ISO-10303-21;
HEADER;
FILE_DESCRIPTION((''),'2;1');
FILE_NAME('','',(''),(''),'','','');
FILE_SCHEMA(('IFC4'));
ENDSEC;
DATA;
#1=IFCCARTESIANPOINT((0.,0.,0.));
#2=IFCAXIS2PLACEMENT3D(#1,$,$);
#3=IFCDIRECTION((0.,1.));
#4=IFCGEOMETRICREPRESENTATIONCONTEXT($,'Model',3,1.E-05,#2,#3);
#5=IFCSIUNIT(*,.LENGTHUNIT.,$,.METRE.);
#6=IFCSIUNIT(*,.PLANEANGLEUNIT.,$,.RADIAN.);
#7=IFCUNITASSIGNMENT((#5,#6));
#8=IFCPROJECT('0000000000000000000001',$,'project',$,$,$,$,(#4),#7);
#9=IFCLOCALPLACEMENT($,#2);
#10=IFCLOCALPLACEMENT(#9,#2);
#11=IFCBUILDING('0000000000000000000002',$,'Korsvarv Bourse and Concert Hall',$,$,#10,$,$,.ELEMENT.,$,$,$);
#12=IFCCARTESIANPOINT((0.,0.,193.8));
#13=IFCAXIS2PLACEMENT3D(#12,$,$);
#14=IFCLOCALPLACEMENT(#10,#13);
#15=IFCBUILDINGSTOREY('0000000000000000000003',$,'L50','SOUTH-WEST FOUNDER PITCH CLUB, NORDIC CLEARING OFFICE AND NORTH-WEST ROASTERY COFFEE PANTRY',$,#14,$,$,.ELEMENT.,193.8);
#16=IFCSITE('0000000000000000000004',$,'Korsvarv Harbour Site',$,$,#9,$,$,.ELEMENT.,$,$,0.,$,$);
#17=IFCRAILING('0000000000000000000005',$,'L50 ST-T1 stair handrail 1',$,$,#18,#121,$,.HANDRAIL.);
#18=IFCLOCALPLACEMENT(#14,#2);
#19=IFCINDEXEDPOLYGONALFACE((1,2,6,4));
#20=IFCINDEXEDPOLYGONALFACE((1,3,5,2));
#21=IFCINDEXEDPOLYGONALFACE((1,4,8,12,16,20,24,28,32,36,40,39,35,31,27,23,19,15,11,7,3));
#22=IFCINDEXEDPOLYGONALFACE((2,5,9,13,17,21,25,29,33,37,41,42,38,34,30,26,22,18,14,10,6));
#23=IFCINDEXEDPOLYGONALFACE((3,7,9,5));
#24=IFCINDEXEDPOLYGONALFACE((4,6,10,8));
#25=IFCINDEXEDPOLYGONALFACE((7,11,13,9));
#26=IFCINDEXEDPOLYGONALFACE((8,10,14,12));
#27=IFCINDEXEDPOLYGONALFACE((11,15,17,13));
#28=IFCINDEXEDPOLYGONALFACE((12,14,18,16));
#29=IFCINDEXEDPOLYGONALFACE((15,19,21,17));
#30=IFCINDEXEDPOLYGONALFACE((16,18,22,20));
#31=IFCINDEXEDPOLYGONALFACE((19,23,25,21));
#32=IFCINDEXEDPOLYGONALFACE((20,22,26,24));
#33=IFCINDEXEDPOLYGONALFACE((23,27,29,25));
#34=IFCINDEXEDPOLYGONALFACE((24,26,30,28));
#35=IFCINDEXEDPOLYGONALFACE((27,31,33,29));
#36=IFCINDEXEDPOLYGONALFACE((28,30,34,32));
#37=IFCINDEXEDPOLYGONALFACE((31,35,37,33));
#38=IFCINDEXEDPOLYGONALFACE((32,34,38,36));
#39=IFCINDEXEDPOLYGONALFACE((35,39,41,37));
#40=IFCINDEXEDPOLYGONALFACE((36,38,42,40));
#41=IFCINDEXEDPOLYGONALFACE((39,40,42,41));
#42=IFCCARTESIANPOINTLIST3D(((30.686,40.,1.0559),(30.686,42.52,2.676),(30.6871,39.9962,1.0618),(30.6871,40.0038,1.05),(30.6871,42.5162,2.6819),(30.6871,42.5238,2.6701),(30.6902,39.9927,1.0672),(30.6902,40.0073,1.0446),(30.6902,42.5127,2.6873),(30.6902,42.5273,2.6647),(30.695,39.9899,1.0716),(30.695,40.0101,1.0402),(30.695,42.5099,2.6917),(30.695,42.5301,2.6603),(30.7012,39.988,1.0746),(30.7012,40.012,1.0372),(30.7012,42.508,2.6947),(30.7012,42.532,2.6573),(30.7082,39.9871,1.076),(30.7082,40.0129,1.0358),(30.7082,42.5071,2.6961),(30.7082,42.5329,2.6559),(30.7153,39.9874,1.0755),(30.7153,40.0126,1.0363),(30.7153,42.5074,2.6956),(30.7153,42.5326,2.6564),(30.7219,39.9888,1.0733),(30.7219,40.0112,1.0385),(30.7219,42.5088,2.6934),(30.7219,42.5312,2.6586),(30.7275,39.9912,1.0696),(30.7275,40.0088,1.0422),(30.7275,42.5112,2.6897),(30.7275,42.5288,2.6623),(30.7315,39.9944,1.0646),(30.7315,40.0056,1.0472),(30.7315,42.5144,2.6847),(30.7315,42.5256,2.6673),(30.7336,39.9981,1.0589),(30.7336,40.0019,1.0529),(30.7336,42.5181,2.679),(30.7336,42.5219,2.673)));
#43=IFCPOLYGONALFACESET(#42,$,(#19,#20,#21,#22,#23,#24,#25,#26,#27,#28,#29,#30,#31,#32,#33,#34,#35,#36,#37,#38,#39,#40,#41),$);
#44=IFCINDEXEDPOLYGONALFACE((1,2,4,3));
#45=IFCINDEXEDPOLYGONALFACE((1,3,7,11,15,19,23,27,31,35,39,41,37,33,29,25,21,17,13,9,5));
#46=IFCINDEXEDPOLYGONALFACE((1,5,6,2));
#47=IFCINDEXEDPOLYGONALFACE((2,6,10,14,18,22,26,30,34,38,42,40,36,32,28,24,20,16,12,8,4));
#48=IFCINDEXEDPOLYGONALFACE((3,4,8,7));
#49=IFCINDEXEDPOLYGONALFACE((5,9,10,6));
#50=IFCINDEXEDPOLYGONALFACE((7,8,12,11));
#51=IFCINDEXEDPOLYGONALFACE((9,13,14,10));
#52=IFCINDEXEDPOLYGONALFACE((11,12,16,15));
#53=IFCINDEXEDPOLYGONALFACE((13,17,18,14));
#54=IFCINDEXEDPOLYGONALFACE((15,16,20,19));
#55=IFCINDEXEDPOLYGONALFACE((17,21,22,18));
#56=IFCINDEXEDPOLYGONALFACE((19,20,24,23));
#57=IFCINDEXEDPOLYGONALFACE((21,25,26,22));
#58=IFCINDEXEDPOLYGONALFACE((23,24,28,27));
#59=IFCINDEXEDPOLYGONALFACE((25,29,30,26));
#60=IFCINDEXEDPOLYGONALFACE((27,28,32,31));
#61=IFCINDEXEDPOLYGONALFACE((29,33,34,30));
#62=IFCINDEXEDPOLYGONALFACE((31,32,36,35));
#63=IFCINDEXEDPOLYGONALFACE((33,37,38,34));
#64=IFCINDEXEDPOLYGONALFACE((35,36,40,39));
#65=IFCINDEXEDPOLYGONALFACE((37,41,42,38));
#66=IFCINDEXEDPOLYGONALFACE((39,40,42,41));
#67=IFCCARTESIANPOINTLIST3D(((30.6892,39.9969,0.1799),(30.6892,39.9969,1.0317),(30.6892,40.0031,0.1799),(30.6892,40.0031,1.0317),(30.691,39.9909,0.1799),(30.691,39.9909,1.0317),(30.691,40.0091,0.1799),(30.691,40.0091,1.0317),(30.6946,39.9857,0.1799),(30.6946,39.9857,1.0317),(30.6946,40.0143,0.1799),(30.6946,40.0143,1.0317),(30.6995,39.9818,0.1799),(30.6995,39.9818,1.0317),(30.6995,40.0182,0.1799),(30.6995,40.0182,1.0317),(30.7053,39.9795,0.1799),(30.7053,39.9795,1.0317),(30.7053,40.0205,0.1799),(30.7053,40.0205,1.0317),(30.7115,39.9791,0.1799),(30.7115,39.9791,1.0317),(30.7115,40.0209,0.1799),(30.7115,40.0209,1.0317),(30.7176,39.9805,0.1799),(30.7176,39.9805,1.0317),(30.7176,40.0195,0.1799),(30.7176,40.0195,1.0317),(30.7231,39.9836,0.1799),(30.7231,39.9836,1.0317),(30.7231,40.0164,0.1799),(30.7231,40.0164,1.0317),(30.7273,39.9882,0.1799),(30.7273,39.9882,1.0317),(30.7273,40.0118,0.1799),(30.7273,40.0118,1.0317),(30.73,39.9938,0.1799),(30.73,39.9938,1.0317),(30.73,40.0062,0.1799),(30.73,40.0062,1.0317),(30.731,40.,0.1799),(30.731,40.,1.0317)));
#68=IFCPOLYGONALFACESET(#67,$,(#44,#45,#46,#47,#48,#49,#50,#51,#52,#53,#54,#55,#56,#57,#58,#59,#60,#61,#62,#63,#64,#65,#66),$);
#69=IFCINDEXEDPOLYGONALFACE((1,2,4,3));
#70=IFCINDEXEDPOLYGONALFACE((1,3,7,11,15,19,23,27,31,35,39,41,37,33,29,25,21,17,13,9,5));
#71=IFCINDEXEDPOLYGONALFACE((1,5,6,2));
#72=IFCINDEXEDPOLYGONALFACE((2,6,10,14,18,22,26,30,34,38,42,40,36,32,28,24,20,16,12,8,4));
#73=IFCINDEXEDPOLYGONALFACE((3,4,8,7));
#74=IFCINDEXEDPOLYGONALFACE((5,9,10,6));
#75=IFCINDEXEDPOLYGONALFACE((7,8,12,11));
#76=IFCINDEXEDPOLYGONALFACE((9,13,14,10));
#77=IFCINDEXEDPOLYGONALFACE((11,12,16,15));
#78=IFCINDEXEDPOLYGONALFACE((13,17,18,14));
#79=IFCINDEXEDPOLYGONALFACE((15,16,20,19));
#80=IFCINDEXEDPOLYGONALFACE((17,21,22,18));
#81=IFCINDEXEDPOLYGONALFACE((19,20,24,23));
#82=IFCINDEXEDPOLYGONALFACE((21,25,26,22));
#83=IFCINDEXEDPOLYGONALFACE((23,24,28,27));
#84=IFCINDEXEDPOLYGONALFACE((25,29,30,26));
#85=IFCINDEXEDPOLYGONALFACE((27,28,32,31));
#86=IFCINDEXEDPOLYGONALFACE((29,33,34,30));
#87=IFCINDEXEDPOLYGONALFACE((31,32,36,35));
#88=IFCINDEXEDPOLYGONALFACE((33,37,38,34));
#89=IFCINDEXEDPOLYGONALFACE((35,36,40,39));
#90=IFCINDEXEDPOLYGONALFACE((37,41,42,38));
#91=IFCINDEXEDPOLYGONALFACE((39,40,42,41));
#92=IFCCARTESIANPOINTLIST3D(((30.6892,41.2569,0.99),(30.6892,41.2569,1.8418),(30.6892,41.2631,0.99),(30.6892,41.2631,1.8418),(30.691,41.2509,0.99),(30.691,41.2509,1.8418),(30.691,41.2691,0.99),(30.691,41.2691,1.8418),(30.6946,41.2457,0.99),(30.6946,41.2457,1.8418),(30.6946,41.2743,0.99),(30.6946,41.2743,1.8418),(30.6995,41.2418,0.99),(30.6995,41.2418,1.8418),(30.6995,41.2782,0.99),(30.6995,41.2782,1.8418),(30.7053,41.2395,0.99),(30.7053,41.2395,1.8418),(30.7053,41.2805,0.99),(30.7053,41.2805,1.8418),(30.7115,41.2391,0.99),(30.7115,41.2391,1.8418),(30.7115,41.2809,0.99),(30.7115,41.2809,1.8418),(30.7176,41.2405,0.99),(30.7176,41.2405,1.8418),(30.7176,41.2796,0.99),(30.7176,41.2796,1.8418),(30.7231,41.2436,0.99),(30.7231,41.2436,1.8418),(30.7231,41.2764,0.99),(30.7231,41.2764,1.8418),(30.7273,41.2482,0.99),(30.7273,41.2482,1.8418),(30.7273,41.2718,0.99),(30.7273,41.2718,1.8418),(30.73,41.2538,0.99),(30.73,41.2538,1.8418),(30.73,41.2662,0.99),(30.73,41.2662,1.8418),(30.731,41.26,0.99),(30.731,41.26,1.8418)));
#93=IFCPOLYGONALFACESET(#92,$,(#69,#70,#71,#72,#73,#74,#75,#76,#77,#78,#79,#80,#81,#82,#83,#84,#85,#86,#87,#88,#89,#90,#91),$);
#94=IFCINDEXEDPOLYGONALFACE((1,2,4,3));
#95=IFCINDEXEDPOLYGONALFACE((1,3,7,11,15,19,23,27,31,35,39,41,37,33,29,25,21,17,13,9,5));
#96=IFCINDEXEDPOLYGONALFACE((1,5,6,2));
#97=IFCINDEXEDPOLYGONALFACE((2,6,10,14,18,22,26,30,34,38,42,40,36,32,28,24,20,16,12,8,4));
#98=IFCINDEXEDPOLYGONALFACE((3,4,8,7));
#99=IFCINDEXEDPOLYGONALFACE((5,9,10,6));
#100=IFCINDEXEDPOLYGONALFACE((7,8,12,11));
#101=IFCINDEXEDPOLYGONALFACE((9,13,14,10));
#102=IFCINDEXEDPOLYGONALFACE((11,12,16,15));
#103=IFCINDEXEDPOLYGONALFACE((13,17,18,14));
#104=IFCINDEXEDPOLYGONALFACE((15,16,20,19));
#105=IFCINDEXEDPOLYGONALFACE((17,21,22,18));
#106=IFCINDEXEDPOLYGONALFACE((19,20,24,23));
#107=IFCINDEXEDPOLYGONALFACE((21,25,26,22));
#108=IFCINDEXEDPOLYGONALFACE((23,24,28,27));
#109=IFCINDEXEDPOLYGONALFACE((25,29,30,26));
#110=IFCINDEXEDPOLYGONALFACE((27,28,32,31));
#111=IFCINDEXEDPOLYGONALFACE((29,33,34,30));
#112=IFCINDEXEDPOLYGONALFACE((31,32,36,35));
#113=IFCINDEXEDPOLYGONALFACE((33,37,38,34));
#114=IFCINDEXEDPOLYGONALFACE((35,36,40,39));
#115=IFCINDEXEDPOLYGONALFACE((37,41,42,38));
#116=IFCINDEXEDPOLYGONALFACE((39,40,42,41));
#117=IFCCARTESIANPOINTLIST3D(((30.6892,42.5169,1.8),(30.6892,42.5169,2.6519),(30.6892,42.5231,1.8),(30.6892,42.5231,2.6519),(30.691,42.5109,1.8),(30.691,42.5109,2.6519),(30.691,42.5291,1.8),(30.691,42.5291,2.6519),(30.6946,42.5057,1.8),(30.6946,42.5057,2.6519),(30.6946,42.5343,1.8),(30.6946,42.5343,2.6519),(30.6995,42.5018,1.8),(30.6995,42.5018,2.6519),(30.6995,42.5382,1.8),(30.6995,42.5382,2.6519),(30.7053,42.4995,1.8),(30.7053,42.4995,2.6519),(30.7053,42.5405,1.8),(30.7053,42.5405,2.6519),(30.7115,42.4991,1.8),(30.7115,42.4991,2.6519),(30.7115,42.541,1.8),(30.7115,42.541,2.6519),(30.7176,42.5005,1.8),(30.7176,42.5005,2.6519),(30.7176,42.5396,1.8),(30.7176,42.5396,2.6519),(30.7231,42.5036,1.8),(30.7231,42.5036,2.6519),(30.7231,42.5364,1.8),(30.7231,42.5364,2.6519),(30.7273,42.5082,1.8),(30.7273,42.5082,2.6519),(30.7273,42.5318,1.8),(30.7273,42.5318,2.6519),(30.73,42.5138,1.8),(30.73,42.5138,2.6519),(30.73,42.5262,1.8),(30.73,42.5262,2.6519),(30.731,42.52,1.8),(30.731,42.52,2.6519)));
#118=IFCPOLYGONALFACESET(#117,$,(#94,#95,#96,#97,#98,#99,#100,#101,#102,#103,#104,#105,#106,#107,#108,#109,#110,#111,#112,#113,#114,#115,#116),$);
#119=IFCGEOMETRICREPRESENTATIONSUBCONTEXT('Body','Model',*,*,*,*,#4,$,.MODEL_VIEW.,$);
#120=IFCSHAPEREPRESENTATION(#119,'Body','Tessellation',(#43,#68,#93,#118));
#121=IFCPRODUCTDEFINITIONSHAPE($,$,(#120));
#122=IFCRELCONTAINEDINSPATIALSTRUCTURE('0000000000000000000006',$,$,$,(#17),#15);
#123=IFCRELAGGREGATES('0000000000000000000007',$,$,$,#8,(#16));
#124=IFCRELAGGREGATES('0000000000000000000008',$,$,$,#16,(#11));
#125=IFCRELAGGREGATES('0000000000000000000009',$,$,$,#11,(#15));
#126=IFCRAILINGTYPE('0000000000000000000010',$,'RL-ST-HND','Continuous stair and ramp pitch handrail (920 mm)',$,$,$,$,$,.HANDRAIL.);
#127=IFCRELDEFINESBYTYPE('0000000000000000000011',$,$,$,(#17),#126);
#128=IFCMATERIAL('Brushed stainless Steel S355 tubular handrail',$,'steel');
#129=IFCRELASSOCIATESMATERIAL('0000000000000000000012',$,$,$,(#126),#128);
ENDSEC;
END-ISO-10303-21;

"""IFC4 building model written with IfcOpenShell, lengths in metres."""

from ifc_helpers import new_model, si_unit, direction, frame, origin, origin_2d, place, context, subcontext, project, spatial, circle, extrude, material, type_object, element, save


model = new_model("IFC4")

# Units and contexts
model_context = context("Model", 3, precision=1e-05, world=origin(), true_north=direction((0.0, 1.0)))
body_context = subcontext(model_context, "Body", "Model", "MODEL_VIEW")
ifc_project = project(units=[si_unit("LENGTHUNIT", "METRE"), si_unit("PLANEANGLEUNIT", "RADIAN")], contexts=[model_context])

# Site, building, storey
site_placement = place(None, origin())
site = spatial("IfcSite", under=ifc_project, at=site_placement, Name="Korsvarv Harbour Site", CompositionType="ELEMENT", RefElevation=0.0)
building_placement = place(site_placement, origin())
building = spatial("IfcBuilding", under=site, at=building_placement, Name="Korsvarv Bourse and Concert Hall", CompositionType="ELEMENT")
storey_placement = place(building_placement, frame((0.0, 0.0, 193.8)))
storey = spatial("IfcBuildingStorey", under=building, at=storey_placement, Name="L50", Description="SOUTH-WEST FOUNDER PITCH CLUB, NORDIC CLEARING OFFICE AND NORTH-WEST ROASTERY COFFEE PANTRY", CompositionType="ELEMENT", Elevation=193.8)

# Railing
ifc_material_1 = material(Name="Brushed stainless Steel S355 tubular handrail", Category="steel")
railing_type_1 = type_object("IfcRailingType", Name="RL-ST-HND", Description="Continuous stair and ramp pitch handrail (920 mm)", PredefinedType="HANDRAIL", material=ifc_material_1)
railing_1_placement = place(storey_placement, frame((30.71, 40.0, 0.1799)))
element("IfcRailing", 1, at=railing_1_placement, inside=storey, type_object=railing_type_1, Name="L50 ST-T1 stair handrail 1", PredefinedType="HANDRAIL", context=body_context, shape_type="SweptSolid", body=[
    extrude(circle(Radius=0.0239, at=origin_2d()), frame((0.0, 0.0, 0.876), z_axis=(0.0, 0.841163, 0.540782), x_axis=(-1.0, 0.0, 0.0)), (0.0, 0.0, 1.0), 2.9958),
    extrude(circle(Radius=0.021, at=origin_2d()), origin(), (0.0, 0.0, 1.0), 0.8518),
    extrude(circle(Radius=0.021, at=origin_2d()), frame((0.0, 1.26, 0.8101)), (0.0, 0.0, 1.0), 0.8518),
    extrude(circle(Radius=0.021, at=origin_2d()), frame((0.0, 2.52, 1.6201)), (0.0, 0.0, 1.0), 0.8518),
])

save(model, "model.ifc")
